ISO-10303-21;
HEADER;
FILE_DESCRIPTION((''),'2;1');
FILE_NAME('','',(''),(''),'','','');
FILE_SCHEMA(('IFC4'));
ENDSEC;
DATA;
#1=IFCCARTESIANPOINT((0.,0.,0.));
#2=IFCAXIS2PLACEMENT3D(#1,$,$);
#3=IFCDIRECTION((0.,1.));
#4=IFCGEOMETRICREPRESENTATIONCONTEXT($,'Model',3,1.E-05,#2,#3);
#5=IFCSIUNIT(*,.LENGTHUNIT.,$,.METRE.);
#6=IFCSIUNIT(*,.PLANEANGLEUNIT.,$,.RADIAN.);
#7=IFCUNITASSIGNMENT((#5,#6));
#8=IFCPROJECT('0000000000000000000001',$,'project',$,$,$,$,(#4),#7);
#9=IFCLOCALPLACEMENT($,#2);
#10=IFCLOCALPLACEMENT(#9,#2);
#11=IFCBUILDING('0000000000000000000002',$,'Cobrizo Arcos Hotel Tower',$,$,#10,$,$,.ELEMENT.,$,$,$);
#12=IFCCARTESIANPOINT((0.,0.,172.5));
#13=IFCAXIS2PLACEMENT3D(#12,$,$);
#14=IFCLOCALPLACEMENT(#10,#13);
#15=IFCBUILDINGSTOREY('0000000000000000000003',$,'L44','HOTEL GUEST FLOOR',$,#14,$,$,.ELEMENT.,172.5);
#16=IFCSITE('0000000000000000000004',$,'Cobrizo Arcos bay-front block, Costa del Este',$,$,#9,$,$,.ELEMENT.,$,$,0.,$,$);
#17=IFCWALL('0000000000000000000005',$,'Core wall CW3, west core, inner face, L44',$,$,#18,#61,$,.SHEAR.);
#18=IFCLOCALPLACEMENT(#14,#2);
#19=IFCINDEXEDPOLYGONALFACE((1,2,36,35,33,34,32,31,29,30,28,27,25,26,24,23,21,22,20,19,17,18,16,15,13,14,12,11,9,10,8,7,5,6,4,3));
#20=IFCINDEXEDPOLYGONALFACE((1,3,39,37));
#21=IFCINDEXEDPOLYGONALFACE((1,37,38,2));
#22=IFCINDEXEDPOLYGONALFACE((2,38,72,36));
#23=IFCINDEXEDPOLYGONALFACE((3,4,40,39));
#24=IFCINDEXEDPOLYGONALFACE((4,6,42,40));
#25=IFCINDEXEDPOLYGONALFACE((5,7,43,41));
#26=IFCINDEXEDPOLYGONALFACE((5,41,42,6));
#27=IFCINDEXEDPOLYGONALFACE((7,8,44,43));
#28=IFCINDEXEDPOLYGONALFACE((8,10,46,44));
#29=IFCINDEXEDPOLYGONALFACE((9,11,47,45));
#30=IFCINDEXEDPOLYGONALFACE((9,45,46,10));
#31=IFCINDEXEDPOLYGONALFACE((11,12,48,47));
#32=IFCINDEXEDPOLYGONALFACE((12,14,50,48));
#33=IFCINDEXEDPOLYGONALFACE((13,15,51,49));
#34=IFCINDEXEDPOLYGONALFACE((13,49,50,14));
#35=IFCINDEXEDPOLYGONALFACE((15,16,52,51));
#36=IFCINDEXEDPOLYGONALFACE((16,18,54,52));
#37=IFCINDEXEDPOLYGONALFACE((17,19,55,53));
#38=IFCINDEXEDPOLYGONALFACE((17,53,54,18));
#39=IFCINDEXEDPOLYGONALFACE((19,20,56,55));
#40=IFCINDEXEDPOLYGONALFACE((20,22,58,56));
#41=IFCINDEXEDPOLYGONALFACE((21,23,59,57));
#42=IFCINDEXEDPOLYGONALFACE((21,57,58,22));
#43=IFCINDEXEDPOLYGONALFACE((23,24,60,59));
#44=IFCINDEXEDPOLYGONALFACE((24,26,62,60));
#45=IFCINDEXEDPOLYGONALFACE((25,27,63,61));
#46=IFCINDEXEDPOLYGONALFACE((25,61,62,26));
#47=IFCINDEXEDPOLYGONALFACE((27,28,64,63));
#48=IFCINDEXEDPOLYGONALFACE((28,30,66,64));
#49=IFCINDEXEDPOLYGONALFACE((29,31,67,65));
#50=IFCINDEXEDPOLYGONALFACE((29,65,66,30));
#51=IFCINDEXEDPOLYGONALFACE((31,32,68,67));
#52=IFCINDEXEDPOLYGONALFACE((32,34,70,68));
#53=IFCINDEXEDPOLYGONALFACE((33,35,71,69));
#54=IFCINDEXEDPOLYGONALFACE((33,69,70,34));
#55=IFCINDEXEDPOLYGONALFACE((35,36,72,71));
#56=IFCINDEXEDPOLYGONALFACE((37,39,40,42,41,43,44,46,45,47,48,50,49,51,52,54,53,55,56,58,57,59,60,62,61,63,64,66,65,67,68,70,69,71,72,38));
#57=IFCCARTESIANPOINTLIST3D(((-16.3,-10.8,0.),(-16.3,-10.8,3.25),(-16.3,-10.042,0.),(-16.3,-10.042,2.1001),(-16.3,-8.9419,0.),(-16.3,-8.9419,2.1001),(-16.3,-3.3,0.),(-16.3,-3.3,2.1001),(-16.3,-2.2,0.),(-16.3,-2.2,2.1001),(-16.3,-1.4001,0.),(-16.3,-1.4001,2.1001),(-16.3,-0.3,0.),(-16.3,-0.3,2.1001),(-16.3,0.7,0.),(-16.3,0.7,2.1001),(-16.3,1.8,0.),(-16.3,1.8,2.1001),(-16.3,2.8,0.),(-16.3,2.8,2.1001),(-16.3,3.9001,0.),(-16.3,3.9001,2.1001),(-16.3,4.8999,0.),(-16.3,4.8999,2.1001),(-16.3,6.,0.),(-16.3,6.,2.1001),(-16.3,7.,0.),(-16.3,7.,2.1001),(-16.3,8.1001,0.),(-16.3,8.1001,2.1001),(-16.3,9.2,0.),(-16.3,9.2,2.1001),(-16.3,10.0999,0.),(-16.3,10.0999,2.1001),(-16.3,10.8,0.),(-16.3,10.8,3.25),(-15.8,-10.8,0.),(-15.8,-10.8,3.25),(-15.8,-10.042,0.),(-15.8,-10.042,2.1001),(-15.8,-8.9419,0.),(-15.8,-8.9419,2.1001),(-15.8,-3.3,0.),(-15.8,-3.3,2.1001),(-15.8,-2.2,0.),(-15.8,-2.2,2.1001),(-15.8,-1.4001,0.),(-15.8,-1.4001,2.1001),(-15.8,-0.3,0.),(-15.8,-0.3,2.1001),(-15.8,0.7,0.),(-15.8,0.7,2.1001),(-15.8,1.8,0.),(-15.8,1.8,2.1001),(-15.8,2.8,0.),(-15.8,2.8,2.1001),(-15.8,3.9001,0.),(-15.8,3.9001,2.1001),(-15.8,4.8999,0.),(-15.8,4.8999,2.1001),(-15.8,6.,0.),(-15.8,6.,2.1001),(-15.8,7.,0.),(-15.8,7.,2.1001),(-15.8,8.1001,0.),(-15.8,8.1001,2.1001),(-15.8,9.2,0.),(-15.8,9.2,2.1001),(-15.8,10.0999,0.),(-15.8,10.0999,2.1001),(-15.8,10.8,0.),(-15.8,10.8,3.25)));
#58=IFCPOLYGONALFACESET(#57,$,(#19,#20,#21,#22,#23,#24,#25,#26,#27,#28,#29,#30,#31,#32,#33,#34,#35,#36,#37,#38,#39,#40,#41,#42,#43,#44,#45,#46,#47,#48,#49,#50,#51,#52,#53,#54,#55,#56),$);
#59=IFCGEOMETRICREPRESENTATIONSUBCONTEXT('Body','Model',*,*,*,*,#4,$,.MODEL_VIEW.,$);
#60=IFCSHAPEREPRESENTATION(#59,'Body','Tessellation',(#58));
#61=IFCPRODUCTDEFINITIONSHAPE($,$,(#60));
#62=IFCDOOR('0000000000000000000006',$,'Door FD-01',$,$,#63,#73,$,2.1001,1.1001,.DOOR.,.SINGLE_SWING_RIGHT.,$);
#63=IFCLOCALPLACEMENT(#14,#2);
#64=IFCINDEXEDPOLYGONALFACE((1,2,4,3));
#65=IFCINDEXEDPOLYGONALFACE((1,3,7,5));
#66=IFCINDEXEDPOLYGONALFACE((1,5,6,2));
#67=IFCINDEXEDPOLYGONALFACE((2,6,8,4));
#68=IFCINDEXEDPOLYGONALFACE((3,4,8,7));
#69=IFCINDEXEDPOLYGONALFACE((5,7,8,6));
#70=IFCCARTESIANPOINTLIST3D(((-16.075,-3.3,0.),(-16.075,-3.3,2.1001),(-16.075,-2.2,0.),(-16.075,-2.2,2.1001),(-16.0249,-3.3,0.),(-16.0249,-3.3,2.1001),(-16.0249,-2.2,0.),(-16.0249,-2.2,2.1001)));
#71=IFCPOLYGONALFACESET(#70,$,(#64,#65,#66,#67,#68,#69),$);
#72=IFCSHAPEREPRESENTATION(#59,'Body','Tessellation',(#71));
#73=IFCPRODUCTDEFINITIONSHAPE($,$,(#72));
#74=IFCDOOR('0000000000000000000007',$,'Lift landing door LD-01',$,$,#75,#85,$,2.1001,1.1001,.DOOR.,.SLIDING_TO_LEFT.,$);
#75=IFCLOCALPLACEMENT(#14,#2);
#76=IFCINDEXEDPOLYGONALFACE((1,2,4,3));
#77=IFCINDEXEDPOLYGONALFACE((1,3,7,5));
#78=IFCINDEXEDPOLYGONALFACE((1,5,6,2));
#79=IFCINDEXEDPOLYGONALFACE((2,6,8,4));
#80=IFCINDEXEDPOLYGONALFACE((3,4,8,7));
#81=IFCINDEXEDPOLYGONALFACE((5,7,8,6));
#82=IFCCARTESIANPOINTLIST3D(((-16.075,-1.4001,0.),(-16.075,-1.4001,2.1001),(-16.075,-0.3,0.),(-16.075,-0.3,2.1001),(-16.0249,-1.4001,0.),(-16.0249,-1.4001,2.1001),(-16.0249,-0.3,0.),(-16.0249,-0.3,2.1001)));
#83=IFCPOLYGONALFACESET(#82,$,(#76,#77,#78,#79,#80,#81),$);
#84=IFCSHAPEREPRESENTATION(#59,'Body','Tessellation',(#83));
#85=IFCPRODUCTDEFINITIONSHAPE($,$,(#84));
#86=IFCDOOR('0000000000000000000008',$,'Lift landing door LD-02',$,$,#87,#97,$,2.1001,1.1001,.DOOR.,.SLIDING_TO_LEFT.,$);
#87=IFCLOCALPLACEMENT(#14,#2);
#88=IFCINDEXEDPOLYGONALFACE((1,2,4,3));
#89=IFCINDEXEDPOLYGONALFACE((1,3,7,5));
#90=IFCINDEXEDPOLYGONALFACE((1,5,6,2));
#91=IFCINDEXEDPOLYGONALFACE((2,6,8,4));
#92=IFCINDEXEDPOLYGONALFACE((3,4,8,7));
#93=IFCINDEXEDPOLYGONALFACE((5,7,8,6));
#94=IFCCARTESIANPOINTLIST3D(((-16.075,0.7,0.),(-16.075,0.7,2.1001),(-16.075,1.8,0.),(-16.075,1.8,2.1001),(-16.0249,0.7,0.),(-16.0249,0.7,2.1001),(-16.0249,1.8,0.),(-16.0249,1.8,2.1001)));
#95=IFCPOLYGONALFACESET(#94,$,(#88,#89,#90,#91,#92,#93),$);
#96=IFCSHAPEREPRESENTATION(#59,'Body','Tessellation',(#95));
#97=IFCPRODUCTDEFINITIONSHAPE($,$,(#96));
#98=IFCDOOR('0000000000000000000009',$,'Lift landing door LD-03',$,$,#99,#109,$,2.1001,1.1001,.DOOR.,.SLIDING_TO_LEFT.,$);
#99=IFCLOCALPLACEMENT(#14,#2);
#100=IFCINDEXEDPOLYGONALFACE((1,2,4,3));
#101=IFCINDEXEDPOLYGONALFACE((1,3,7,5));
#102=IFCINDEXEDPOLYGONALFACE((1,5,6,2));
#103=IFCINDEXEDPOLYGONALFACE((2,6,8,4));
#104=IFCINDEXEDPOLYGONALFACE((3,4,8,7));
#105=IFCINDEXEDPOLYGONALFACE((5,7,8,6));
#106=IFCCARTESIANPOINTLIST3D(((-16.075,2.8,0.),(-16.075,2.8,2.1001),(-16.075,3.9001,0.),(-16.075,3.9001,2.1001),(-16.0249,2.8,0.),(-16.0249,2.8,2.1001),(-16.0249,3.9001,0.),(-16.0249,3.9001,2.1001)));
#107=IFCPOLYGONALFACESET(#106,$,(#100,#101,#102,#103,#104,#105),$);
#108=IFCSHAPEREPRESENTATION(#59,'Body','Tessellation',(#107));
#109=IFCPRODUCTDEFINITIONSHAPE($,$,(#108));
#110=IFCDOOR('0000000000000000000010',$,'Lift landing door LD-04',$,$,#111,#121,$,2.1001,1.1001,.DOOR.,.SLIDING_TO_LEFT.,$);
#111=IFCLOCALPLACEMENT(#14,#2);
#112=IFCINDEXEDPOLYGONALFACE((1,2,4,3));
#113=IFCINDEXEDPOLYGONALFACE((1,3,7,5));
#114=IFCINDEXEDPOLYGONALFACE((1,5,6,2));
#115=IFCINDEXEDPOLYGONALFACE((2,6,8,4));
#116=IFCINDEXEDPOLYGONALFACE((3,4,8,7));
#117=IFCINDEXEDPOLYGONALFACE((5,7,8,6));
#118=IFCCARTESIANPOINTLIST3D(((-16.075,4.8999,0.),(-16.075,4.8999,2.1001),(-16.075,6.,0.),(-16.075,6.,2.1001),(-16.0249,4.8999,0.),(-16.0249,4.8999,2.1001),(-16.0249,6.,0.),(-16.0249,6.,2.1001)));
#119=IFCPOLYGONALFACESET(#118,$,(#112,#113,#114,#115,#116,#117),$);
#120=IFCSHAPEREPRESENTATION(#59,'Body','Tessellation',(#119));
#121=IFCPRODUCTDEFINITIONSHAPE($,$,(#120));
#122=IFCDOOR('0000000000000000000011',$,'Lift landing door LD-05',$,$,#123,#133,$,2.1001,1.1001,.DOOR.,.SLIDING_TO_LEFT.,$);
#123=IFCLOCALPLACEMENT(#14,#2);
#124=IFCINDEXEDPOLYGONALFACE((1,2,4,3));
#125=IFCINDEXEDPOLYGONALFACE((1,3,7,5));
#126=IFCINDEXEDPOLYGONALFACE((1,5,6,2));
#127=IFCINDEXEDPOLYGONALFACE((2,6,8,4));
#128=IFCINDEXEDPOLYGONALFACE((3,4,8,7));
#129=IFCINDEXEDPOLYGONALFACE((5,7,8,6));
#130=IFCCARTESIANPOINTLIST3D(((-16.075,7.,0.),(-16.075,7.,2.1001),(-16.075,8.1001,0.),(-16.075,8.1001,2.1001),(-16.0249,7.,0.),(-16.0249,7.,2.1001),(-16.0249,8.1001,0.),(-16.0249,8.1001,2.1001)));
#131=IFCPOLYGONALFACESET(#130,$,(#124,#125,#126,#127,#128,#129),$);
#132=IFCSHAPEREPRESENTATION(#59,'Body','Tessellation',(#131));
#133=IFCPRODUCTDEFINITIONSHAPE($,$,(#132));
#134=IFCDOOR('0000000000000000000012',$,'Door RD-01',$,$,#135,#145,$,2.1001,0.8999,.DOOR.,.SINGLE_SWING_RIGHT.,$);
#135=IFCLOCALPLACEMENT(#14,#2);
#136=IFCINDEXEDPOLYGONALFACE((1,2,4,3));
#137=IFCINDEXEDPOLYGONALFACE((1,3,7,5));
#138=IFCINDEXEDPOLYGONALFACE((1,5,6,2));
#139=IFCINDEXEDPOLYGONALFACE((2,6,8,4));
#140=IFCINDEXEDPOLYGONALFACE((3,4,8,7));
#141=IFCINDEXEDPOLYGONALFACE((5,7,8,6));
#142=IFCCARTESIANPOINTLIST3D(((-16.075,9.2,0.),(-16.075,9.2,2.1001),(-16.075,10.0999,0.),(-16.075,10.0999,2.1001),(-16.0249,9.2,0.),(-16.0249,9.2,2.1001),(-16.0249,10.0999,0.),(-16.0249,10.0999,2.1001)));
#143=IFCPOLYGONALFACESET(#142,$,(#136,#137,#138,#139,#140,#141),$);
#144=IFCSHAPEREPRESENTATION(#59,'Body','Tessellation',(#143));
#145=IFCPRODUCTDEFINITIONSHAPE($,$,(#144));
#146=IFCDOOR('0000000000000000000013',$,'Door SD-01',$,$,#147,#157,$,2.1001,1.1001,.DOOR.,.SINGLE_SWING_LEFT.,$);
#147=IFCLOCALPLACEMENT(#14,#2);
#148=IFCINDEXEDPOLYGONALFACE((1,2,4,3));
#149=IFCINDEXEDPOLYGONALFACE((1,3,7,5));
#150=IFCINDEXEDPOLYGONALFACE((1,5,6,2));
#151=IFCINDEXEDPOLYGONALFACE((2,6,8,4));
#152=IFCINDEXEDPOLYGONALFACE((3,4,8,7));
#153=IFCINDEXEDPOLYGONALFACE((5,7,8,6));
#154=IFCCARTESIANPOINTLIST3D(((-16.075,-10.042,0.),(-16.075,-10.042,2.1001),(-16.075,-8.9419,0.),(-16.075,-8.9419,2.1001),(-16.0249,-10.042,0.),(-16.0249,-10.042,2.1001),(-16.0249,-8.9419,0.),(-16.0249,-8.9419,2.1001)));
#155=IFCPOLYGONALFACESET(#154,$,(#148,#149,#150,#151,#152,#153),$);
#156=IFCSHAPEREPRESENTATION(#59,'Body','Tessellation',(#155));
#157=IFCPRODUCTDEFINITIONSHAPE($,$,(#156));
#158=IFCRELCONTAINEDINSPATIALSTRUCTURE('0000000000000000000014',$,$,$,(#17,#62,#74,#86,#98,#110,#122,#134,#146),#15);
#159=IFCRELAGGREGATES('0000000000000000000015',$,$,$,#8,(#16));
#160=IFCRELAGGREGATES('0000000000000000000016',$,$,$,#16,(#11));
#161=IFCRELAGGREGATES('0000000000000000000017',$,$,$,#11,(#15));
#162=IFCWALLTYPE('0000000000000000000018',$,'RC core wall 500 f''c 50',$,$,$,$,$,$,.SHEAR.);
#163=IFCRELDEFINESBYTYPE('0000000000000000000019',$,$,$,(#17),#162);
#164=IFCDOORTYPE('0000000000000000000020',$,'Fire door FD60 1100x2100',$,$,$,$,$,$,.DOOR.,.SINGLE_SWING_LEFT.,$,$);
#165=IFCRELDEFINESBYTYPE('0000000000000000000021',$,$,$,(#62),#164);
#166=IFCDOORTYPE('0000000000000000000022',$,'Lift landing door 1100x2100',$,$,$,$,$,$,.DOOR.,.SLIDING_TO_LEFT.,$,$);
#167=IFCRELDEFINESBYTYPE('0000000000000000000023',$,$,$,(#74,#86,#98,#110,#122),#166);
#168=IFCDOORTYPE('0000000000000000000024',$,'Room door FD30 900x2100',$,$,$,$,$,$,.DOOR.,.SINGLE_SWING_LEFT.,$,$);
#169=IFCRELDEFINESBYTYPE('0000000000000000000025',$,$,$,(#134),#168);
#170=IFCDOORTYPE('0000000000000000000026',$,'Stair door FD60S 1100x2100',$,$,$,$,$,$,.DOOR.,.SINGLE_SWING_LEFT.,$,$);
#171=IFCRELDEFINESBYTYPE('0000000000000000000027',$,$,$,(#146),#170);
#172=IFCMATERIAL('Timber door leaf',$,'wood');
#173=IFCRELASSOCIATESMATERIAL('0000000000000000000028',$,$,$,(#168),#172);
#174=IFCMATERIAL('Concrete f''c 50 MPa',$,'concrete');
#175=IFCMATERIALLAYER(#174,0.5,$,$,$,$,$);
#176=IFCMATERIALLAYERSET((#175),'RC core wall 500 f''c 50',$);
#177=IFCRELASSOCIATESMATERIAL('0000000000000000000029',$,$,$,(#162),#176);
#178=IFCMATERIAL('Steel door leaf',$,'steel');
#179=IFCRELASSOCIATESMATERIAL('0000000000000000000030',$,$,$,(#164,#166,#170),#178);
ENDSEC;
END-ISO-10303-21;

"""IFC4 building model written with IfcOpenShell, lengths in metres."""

from ifc_helpers import new_model, si_unit, direction, frame, frame_2d, origin, place, context, subcontext, project, spatial, rectangle, extrude, material, layer, layer_set, type_object, element, fill, save


model = new_model("IFC4")

# Units and contexts
model_context = context("Model", 3, precision=1e-05, world=origin(), true_north=direction((0.0, 1.0)))
body_context = subcontext(model_context, "Body", "Model", "MODEL_VIEW")
ifc_project = project(units=[si_unit("LENGTHUNIT", "METRE"), si_unit("PLANEANGLEUNIT", "RADIAN")], contexts=[model_context])

# Site, building, storey
site_placement = place(None, origin())
site = spatial("IfcSite", under=ifc_project, at=site_placement, Name="Cobrizo Arcos bay-front block, Costa del Este", CompositionType="ELEMENT", RefElevation=0.0)
building_placement = place(site_placement, origin())
building = spatial("IfcBuilding", under=site, at=building_placement, Name="Cobrizo Arcos Hotel Tower", CompositionType="ELEMENT")
storey_placement = place(building_placement, frame((0.0, 0.0, 172.5)))
storey = spatial("IfcBuildingStorey", under=building, at=storey_placement, Name="L44", Description="HOTEL GUEST FLOOR", CompositionType="ELEMENT", Elevation=172.5)

# Shared definitions
ifc_material_1 = material(Name="Timber door leaf", Category="wood")

# Shared definitions
door_type_1 = type_object("IfcDoorType", Name="Room door FD30 900x2100", OperationType="SINGLE_SWING_LEFT", PredefinedType="DOOR", material=ifc_material_1)

# Wall, openings, doors
ifc_material_2 = material(Name="Concrete f'c 50 MPa", Category="concrete")
ifc_layer_1 = layer(ifc_material_2, 0.5)
ifc_layer_set_1 = layer_set([ifc_layer_1], Name="RC core wall 500 f'c 50")
wall_type_1 = type_object("IfcWallType", Name="RC core wall 500 f'c 50", PredefinedType="SHEAR", material=ifc_layer_set_1)
wall_1_placement = place(storey_placement, frame((-16.05, -10.8, 0.0), z_axis=(0.0, 0.0, 1.0), x_axis=(0.0, 1.0, 0.0)))
wall_1 = element("IfcWall", 1, at=wall_1_placement, inside=storey, type_object=wall_type_1, Name="Core wall CW3, west core, inner face, L44", PredefinedType="SHEAR", context=body_context, shape_type="SweptSolid", body=[
    extrude(rectangle(XDim=21.6001, YDim=0.5, at=frame_2d((10.8, 0.0))), origin(), (0.0, 0.0, 1.0), 3.25),
])
opening_1_placement = place(wall_1_placement, frame((9.3999, 0.0, 0.0)))
opening_1 = element("IfcOpeningElement", 2, at=opening_1_placement, cuts=wall_1, PredefinedType="OPENING", context=body_context, shape_type="SweptSolid", body=[
    extrude(rectangle(XDim=1.1001, YDim=2.1001, at=frame_2d((0.55, 1.05))), frame((0.0, 0.262, 0.0), z_axis=(0.0, -1.0, 0.0), x_axis=(1.0, 0.0, 0.0)), (0.0, 0.0, 1.0), 0.5239),
])
opening_2_placement = place(wall_1_placement, frame((11.5, 0.0, 0.0)))
opening_2 = element("IfcOpeningElement", 3, at=opening_2_placement, cuts=wall_1, PredefinedType="OPENING", context=body_context, shape_type="SweptSolid", body=[
    extrude(rectangle(XDim=1.1001, YDim=2.1001, at=frame_2d((0.55, 1.05))), frame((0.0, 0.262, 0.0), z_axis=(0.0, -1.0, 0.0), x_axis=(1.0, 0.0, 0.0)), (0.0, 0.0, 1.0), 0.5239),
])
opening_3_placement = place(wall_1_placement, frame((13.6001, 0.0, 0.0)))
opening_3 = element("IfcOpeningElement", 4, at=opening_3_placement, cuts=wall_1, PredefinedType="OPENING", context=body_context, shape_type="SweptSolid", body=[
    extrude(rectangle(XDim=1.1001, YDim=2.1001, at=frame_2d((0.55, 1.05))), frame((0.0, 0.262, 0.0), z_axis=(0.0, -1.0, 0.0), x_axis=(1.0, 0.0, 0.0)), (0.0, 0.0, 1.0), 0.5239),
])
opening_4_placement = place(wall_1_placement, frame((15.7, 0.0, 0.0)))
opening_4 = element("IfcOpeningElement", 5, at=opening_4_placement, cuts=wall_1, PredefinedType="OPENING", context=body_context, shape_type="SweptSolid", body=[
    extrude(rectangle(XDim=1.1001, YDim=2.1001, at=frame_2d((0.55, 1.05))), frame((0.0, 0.262, 0.0), z_axis=(0.0, -1.0, 0.0), x_axis=(1.0, 0.0, 0.0)), (0.0, 0.0, 1.0), 0.5239),
])
opening_5_placement = place(wall_1_placement, frame((17.8, 0.0, 0.0)))
opening_5 = element("IfcOpeningElement", 6, at=opening_5_placement, cuts=wall_1, PredefinedType="OPENING", context=body_context, shape_type="SweptSolid", body=[
    extrude(rectangle(XDim=1.1001, YDim=2.1001, at=frame_2d((0.55, 1.05))), frame((0.0, 0.262, 0.0), z_axis=(0.0, -1.0, 0.0), x_axis=(1.0, 0.0, 0.0)), (0.0, 0.0, 1.0), 0.5239),
])
opening_6_placement = place(wall_1_placement, frame((0.7581, 0.0, 0.0)))
opening_6 = element("IfcOpeningElement", 7, at=opening_6_placement, cuts=wall_1, PredefinedType="OPENING", context=body_context, shape_type="SweptSolid", body=[
    extrude(rectangle(XDim=1.1001, YDim=2.1001, at=frame_2d((0.55, 1.05))), frame((0.0, 0.262, 0.0), z_axis=(0.0, -1.0, 0.0), x_axis=(1.0, 0.0, 0.0)), (0.0, 0.0, 1.0), 0.5239),
])
opening_7_placement = place(wall_1_placement, frame((7.5, 0.0, 0.0)))
opening_7 = element("IfcOpeningElement", 8, at=opening_7_placement, cuts=wall_1, PredefinedType="OPENING", context=body_context, shape_type="SweptSolid", body=[
    extrude(rectangle(XDim=1.1001, YDim=2.1001, at=frame_2d((0.55, 1.05))), frame((0.0, 0.262, 0.0), z_axis=(0.0, -1.0, 0.0), x_axis=(1.0, 0.0, 0.0)), (0.0, 0.0, 1.0), 0.5239),
])
opening_8_placement = place(wall_1_placement, frame((20.0, 0.0, 0.0)))
opening_8 = element("IfcOpeningElement", 9, at=opening_8_placement, cuts=wall_1, PredefinedType="OPENING", context=body_context, shape_type="SweptSolid", body=[
    extrude(rectangle(XDim=0.8999, YDim=2.1001, at=frame_2d((0.45, 1.05))), frame((0.0, 0.262, 0.0), z_axis=(0.0, -1.0, 0.0), x_axis=(1.0, 0.0, 0.0)), (0.0, 0.0, 1.0), 0.5239),
])
ifc_material_3 = material(Name="Steel door leaf", Category="steel")
door_type_2 = type_object("IfcDoorType", Name="Fire door FD60 1100x2100", OperationType="SINGLE_SWING_LEFT", PredefinedType="DOOR", material=ifc_material_3)
door_1_placement = place(opening_7_placement, origin())
door_1 = element("IfcDoor", 10, at=door_1_placement, inside=storey, type_object=door_type_2, Name="Door FD-01", OperationType="SINGLE_SWING_RIGHT", OverallHeight=2.1001, OverallWidth=1.1001, PredefinedType="DOOR", context=body_context, shape_type="SweptSolid", body=[
    extrude(rectangle(XDim=1.1001, YDim=2.1001, at=frame_2d((0.55, 1.05))), frame((0.0, 0.0249, 0.0), z_axis=(0.0, -1.0, 0.0), x_axis=(1.0, 0.0, 0.0)), (0.0, 0.0, 1.0), 0.05),
])
fill(opening_7, door_1)
door_type_3 = type_object("IfcDoorType", Name="Lift landing door 1100x2100", OperationType="SLIDING_TO_LEFT", PredefinedType="DOOR", material=ifc_material_3)
door_2_placement = place(opening_1_placement, origin())
door_2 = element("IfcDoor", 11, at=door_2_placement, inside=storey, type_object=door_type_3, Name="Lift landing door LD-01", OperationType="SLIDING_TO_LEFT", OverallHeight=2.1001, OverallWidth=1.1001, PredefinedType="DOOR", context=body_context, shape_type="SweptSolid", body=[
    extrude(rectangle(XDim=1.1001, YDim=2.1001, at=frame_2d((0.55, 1.05))), frame((0.0, 0.0249, 0.0), z_axis=(0.0, -1.0, 0.0), x_axis=(1.0, 0.0, 0.0)), (0.0, 0.0, 1.0), 0.05),
])
fill(opening_1, door_2)
door_3_placement = place(opening_2_placement, origin())
door_3 = element("IfcDoor", 12, at=door_3_placement, inside=storey, type_object=door_type_3, Name="Lift landing door LD-02", OperationType="SLIDING_TO_LEFT", OverallHeight=2.1001, OverallWidth=1.1001, PredefinedType="DOOR", context=body_context, shape_type="SweptSolid", body=[
    extrude(rectangle(XDim=1.1001, YDim=2.1001, at=frame_2d((0.55, 1.05))), frame((0.0, 0.0249, 0.0), z_axis=(0.0, -1.0, 0.0), x_axis=(1.0, 0.0, 0.0)), (0.0, 0.0, 1.0), 0.05),
])
fill(opening_2, door_3)
door_4_placement = place(opening_3_placement, origin())
door_4 = element("IfcDoor", 13, at=door_4_placement, inside=storey, type_object=door_type_3, Name="Lift landing door LD-03", OperationType="SLIDING_TO_LEFT", OverallHeight=2.1001, OverallWidth=1.1001, PredefinedType="DOOR", context=body_context, shape_type="SweptSolid", body=[
    extrude(rectangle(XDim=1.1001, YDim=2.1001, at=frame_2d((0.55, 1.05))), frame((0.0, 0.0249, 0.0), z_axis=(0.0, -1.0, 0.0), x_axis=(1.0, 0.0, 0.0)), (0.0, 0.0, 1.0), 0.05),
])
fill(opening_3, door_4)
door_5_placement = place(opening_4_placement, origin())
door_5 = element("IfcDoor", 14, at=door_5_placement, inside=storey, type_object=door_type_3, Name="Lift landing door LD-04", OperationType="SLIDING_TO_LEFT", OverallHeight=2.1001, OverallWidth=1.1001, PredefinedType="DOOR", context=body_context, shape_type="SweptSolid", body=[
    extrude(rectangle(XDim=1.1001, YDim=2.1001, at=frame_2d((0.55, 1.05))), frame((0.0, 0.0249, 0.0), z_axis=(0.0, -1.0, 0.0), x_axis=(1.0, 0.0, 0.0)), (0.0, 0.0, 1.0), 0.05),
])
fill(opening_4, door_5)
door_6_placement = place(opening_5_placement, origin())
door_6 = element("IfcDoor", 15, at=door_6_placement, inside=storey, type_object=door_type_3, Name="Lift landing door LD-05", OperationType="SLIDING_TO_LEFT", OverallHeight=2.1001, OverallWidth=1.1001, PredefinedType="DOOR", context=body_context, shape_type="SweptSolid", body=[
    extrude(rectangle(XDim=1.1001, YDim=2.1001, at=frame_2d((0.55, 1.05))), frame((0.0, 0.0249, 0.0), z_axis=(0.0, -1.0, 0.0), x_axis=(1.0, 0.0, 0.0)), (0.0, 0.0, 1.0), 0.05),
])
fill(opening_5, door_6)
door_7_placement = place(opening_8_placement, origin())
door_7 = element("IfcDoor", 16, at=door_7_placement, inside=storey, type_object=door_type_1, Name="Door RD-01", OperationType="SINGLE_SWING_RIGHT", OverallHeight=2.1001, OverallWidth=0.8999, PredefinedType="DOOR", context=body_context, shape_type="SweptSolid", body=[
    extrude(rectangle(XDim=0.8999, YDim=2.1001, at=frame_2d((0.45, 1.05))), frame((0.0, 0.0249, 0.0), z_axis=(0.0, -1.0, 0.0), x_axis=(1.0, 0.0, 0.0)), (0.0, 0.0, 1.0), 0.05),
])
fill(opening_8, door_7)
door_type_4 = type_object("IfcDoorType", Name="Stair door FD60S 1100x2100", OperationType="SINGLE_SWING_LEFT", PredefinedType="DOOR", material=ifc_material_3)
door_8_placement = place(opening_6_placement, origin())
door_8 = element("IfcDoor", 17, at=door_8_placement, inside=storey, type_object=door_type_4, Name="Door SD-01", OperationType="SINGLE_SWING_LEFT", OverallHeight=2.1001, OverallWidth=1.1001, PredefinedType="DOOR", context=body_context, shape_type="SweptSolid", body=[
    extrude(rectangle(XDim=1.1001, YDim=2.1001, at=frame_2d((0.55, 1.05))), frame((0.0, 0.0249, 0.0), z_axis=(0.0, -1.0, 0.0), x_axis=(1.0, 0.0, 0.0)), (0.0, 0.0, 1.0), 0.05),
])
fill(opening_6, door_8)

save(model, "model.ifc")
